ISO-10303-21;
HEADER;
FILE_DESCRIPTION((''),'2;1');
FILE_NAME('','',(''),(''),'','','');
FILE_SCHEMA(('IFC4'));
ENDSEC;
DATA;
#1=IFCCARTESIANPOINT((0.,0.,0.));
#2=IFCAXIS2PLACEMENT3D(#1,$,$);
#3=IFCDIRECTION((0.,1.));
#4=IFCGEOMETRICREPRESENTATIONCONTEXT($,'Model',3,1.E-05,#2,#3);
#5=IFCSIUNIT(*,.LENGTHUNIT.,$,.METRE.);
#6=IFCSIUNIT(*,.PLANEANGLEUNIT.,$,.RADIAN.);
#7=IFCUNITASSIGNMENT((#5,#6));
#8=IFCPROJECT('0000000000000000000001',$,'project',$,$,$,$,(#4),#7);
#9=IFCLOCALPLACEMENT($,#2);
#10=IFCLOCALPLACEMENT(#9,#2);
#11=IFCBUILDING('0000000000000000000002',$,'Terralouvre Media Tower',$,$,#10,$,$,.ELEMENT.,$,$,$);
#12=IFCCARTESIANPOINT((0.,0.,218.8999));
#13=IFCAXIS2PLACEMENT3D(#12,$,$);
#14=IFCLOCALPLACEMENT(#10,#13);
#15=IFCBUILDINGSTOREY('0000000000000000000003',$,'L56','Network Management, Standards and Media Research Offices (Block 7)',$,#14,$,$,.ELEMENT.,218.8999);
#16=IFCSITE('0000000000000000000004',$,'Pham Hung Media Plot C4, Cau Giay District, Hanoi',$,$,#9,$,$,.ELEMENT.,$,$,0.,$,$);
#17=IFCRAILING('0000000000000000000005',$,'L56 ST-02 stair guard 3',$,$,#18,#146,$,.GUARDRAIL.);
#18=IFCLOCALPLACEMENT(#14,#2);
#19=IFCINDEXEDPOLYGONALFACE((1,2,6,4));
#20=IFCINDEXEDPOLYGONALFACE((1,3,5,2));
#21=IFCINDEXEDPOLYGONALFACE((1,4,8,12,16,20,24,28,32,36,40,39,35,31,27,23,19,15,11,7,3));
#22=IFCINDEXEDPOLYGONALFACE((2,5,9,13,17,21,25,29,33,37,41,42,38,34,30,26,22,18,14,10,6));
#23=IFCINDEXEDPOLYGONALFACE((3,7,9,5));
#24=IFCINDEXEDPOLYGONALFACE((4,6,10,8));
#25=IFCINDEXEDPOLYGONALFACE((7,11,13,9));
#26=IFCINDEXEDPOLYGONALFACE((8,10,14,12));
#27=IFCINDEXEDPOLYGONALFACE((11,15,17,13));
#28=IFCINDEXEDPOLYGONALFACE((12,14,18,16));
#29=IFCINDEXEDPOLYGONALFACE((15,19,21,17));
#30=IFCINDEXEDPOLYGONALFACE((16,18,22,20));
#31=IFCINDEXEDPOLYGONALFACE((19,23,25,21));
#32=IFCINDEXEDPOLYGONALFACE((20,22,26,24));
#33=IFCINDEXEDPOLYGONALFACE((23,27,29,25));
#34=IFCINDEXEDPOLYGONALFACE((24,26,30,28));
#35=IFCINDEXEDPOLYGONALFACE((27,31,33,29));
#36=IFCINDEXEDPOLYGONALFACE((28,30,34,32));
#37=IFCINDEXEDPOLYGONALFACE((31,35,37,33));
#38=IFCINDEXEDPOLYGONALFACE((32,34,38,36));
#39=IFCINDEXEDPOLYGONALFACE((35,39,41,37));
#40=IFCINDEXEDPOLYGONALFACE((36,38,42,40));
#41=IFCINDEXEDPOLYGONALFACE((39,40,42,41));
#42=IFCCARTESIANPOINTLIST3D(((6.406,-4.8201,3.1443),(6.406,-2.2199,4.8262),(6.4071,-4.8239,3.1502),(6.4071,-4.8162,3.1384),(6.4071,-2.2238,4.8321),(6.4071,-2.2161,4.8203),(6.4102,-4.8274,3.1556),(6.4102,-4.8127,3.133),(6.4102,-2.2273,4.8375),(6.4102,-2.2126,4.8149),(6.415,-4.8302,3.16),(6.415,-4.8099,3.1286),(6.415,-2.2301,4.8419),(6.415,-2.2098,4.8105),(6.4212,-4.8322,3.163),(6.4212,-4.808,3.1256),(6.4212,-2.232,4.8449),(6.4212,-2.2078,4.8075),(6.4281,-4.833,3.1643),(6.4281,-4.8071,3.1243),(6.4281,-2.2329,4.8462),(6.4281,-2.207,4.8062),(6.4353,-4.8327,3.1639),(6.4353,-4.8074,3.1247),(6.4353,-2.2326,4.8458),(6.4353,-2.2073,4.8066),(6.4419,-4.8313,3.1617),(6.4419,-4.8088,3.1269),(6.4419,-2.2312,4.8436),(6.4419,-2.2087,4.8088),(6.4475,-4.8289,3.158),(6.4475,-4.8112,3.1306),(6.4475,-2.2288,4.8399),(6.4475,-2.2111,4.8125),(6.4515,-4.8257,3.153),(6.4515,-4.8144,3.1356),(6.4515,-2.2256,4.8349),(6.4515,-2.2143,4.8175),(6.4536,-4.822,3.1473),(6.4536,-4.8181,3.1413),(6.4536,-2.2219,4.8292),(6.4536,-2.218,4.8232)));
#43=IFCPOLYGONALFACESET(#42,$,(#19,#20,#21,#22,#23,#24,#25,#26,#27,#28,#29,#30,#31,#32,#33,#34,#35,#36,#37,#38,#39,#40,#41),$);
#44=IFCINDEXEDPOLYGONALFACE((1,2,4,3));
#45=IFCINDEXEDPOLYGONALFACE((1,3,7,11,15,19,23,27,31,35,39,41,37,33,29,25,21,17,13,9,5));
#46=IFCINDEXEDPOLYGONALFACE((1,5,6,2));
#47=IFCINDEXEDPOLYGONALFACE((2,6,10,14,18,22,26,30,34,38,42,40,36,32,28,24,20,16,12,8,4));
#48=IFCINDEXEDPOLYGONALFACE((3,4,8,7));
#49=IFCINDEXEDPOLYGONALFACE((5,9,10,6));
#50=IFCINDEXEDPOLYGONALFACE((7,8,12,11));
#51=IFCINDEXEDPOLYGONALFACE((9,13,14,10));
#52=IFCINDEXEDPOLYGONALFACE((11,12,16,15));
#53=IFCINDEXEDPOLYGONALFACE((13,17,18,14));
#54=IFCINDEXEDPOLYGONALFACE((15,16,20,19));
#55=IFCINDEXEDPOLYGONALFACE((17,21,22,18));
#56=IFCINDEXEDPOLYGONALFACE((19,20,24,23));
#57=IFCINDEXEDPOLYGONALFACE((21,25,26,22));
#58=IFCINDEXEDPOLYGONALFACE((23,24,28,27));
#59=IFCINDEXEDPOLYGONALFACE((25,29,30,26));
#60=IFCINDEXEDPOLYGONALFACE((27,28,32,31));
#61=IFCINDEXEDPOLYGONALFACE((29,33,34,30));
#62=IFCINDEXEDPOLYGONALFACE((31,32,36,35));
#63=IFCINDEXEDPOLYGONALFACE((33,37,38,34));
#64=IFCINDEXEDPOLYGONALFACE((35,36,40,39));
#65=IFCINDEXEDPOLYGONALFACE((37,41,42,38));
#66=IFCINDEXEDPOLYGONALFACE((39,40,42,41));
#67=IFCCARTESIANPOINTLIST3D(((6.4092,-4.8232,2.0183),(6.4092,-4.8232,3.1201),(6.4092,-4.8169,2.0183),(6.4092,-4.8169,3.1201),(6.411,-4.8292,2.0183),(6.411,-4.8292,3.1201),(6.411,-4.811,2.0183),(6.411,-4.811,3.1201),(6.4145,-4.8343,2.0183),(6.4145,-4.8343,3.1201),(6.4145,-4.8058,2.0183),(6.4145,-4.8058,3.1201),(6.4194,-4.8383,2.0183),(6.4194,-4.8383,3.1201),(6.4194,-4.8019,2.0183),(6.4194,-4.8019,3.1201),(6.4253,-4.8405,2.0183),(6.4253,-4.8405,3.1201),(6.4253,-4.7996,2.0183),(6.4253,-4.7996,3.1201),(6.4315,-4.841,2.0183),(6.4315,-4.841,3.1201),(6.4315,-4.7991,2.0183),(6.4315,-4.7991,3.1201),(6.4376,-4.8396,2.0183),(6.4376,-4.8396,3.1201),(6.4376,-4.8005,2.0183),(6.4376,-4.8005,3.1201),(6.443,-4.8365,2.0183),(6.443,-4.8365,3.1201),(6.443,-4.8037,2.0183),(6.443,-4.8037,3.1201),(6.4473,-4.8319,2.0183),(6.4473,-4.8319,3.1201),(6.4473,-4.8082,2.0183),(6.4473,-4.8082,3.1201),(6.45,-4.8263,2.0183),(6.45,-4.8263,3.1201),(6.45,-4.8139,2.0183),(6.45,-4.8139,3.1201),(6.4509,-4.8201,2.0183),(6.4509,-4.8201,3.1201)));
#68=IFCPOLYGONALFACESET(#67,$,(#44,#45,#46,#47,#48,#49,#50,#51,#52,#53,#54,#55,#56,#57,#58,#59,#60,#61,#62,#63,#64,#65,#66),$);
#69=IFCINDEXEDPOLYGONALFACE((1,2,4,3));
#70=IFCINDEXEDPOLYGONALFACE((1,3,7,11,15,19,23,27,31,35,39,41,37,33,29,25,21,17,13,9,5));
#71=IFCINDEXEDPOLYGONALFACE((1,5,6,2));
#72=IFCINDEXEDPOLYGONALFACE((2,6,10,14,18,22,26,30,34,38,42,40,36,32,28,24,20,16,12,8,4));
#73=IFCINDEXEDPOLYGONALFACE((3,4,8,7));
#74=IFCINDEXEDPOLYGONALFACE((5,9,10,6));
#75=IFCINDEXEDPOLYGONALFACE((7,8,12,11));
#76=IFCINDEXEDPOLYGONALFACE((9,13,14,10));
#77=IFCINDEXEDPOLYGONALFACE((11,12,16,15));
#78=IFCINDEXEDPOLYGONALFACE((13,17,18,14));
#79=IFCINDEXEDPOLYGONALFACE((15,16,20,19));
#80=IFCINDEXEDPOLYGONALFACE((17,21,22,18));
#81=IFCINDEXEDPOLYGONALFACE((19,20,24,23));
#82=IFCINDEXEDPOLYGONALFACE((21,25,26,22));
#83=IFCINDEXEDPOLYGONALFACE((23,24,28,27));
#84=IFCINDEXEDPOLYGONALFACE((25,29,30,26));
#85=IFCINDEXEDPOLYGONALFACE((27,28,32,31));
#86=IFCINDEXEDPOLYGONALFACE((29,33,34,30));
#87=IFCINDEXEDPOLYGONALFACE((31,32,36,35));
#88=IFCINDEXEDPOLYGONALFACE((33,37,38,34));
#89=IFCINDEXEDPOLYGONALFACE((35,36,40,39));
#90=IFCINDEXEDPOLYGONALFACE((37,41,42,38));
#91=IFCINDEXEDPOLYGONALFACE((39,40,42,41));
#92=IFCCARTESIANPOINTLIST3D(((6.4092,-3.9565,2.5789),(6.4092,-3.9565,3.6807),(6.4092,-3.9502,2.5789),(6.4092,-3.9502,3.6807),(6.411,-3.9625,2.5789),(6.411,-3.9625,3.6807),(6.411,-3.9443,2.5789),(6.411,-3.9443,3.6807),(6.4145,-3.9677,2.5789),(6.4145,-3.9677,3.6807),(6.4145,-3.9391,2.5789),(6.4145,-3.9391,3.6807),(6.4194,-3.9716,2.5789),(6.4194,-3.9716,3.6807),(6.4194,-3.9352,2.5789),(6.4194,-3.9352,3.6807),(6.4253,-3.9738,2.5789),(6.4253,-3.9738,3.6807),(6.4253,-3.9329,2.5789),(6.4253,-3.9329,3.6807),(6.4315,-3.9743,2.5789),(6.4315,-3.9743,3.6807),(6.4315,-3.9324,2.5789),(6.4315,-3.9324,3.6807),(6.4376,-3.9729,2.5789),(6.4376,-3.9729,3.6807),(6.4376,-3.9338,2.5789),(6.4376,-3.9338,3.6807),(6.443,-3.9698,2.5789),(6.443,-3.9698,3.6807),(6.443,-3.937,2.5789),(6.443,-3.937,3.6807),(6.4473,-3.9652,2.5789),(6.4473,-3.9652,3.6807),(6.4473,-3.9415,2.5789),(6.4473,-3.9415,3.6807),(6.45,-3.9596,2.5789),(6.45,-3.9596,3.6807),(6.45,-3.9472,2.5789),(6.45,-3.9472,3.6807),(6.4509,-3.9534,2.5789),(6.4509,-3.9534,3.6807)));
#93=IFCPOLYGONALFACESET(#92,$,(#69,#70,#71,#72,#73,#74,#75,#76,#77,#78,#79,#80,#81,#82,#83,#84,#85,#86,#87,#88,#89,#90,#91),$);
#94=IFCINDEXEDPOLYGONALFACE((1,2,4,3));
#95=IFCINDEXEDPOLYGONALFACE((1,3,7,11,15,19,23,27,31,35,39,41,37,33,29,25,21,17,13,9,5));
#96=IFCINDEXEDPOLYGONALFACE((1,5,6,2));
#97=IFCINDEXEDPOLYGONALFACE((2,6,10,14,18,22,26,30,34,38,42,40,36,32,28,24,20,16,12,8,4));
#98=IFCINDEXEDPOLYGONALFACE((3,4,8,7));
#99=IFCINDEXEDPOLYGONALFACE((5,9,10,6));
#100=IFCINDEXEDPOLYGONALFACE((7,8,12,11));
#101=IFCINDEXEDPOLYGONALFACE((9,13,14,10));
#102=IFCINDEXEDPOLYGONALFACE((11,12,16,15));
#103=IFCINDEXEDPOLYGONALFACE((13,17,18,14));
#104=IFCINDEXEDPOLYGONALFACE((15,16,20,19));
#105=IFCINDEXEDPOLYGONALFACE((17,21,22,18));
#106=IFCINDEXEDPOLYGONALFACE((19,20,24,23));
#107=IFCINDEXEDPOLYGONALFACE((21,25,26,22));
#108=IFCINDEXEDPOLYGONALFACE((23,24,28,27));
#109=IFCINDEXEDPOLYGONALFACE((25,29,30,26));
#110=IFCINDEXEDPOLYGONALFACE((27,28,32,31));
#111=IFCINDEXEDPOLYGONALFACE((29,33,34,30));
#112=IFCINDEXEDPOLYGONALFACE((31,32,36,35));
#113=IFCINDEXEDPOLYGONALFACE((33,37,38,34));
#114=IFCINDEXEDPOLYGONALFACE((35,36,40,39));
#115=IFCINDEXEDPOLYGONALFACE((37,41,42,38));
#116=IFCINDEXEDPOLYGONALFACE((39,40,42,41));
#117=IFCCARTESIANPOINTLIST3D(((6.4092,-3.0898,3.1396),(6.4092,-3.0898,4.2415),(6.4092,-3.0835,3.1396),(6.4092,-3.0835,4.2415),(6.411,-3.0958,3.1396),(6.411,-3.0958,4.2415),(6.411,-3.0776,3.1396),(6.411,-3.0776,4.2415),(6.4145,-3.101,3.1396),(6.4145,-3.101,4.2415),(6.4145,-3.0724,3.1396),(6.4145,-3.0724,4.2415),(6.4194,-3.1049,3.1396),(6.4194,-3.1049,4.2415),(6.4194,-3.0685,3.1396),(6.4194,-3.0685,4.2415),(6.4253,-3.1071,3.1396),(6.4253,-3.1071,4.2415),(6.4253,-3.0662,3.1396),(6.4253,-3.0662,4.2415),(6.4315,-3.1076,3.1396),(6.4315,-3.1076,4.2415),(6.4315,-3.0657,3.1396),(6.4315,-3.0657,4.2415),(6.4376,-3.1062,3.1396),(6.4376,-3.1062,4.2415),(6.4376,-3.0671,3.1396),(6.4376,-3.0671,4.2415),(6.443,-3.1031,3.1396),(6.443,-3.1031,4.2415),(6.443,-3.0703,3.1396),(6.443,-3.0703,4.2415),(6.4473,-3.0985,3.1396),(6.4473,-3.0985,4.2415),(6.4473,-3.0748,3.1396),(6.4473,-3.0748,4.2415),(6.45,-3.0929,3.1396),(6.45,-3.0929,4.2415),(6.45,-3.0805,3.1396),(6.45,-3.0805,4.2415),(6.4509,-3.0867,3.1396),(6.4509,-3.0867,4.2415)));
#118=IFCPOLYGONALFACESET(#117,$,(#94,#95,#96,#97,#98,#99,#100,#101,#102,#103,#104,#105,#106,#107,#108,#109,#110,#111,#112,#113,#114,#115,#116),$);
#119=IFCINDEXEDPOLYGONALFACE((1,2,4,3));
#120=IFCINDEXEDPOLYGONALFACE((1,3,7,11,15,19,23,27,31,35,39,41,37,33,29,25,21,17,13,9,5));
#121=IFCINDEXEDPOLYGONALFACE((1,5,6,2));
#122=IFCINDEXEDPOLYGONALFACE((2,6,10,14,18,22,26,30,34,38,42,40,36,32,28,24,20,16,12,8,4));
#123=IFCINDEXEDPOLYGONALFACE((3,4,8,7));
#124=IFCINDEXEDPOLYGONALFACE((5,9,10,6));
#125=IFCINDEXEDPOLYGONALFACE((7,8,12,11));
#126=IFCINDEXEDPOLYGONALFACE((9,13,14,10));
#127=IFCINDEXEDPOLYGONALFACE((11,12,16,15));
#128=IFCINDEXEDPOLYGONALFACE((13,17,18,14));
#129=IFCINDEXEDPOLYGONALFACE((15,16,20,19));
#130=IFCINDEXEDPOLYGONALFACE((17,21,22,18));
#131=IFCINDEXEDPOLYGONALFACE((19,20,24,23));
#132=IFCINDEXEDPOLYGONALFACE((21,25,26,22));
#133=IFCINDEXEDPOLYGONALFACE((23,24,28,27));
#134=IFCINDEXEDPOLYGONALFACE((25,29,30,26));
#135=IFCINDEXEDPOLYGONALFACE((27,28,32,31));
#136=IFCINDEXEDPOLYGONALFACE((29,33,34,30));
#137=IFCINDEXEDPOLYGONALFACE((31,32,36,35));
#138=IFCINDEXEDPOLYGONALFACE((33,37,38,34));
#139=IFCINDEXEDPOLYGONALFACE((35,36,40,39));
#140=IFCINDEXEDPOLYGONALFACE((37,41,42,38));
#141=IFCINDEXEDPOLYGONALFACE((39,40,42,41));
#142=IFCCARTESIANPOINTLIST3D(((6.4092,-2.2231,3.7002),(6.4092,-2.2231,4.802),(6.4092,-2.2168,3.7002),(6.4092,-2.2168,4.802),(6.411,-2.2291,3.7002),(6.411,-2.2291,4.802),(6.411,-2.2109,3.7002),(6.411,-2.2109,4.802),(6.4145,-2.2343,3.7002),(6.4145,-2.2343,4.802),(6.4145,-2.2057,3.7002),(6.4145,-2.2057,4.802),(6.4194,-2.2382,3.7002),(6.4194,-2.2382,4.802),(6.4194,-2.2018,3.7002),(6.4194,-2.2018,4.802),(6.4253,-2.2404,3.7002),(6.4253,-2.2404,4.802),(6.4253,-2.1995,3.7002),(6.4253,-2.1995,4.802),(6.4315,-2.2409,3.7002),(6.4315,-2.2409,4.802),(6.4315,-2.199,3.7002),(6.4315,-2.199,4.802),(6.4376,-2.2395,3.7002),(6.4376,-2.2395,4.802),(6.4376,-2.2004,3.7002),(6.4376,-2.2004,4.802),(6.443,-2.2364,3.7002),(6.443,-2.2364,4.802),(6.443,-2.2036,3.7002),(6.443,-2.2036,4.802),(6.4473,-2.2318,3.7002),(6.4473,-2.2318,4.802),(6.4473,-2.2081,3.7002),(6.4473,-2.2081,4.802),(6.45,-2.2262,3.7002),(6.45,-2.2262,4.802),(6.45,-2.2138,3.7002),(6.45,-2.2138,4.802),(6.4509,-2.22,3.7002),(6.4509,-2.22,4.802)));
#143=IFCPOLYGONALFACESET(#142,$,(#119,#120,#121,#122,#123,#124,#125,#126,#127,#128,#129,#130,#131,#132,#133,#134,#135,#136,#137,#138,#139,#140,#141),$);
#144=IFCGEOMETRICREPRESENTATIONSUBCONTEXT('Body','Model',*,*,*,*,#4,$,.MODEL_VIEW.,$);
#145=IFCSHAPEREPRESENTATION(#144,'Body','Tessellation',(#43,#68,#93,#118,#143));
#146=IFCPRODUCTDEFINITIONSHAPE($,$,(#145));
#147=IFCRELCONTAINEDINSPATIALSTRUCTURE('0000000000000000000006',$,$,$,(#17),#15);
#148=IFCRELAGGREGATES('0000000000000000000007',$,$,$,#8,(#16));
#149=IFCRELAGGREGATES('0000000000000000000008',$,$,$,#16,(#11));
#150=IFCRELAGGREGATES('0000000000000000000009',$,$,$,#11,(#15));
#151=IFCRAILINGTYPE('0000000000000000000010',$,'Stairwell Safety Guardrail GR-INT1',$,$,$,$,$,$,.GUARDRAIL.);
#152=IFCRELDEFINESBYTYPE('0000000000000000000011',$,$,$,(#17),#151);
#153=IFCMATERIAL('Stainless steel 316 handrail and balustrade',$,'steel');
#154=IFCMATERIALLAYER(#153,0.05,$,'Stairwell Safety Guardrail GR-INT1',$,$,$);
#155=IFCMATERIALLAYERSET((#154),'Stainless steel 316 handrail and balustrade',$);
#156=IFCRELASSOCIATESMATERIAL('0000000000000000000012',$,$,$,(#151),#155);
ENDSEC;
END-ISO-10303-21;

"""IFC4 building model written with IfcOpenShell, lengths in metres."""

from ifc_helpers import new_model, si_unit, direction, frame, origin, origin_2d, place, context, subcontext, project, spatial, circle, extrude, material, layer, layer_set, type_object, element, save


model = new_model("IFC4")

# Units and contexts
model_context = context("Model", 3, precision=1e-05, world=origin(), true_north=direction((0.0, 1.0)))
body_context = subcontext(model_context, "Body", "Model", "MODEL_VIEW")
ifc_project = project(units=[si_unit("LENGTHUNIT", "METRE"), si_unit("PLANEANGLEUNIT", "RADIAN")], contexts=[model_context])

# Site, building, storey
site_placement = place(None, origin())
site = spatial("IfcSite", under=ifc_project, at=site_placement, Name="Pham Hung Media Plot C4, Cau Giay District, Hanoi", CompositionType="ELEMENT", RefElevation=0.0)
building_placement = place(site_placement, origin())
building = spatial("IfcBuilding", under=site, at=building_placement, Name="Terralouvre Media Tower", CompositionType="ELEMENT")
storey_placement = place(building_placement, frame((0.0, 0.0, 218.8999)))
storey = spatial("IfcBuildingStorey", under=building, at=storey_placement, Name="L56", Description="Network Management, Standards and Media Research Offices (Block 7)", CompositionType="ELEMENT", Elevation=218.8999)

# Railing
ifc_material_1 = material(Name="Stainless steel 316 handrail and balustrade", Category="steel")
ifc_layer_1 = layer(ifc_material_1, 0.05, Name="Stairwell Safety Guardrail GR-INT1")
ifc_layer_set_1 = layer_set([ifc_layer_1], Name="Stainless steel 316 handrail and balustrade")
railing_type_1 = type_object("IfcRailingType", Name="Stairwell Safety Guardrail GR-INT1", PredefinedType="GUARDRAIL", material=ifc_layer_set_1)
railing_1_placement = place(storey_placement, frame((6.4299, -4.8201, 2.0183)))
element("IfcRailing", 1, at=railing_1_placement, inside=storey, type_object=railing_type_1, Name="L56 ST-02 stair guard 3", PredefinedType="GUARDRAIL", context=body_context, shape_type="SweptSolid", body=[
    extrude(circle(Radius=0.0239, at=origin_2d()), frame((0.0, 0.0, 1.126), z_axis=(0.0, 0.839648, 0.54313), x_axis=(-1.0, 0.0, 0.0)), (0.0, 0.0, 1.0), 3.0967),
    extrude(circle(Radius=0.021, at=origin_2d()), origin(), (0.0, 0.0, 1.0), 1.1018),
    extrude(circle(Radius=0.021, at=origin_2d()), frame((0.0, 0.8667, 0.5605)), (0.0, 0.0, 1.0), 1.1018),
    extrude(circle(Radius=0.021, at=origin_2d()), frame((0.0, 1.7334, 1.1213)), (0.0, 0.0, 1.0), 1.1018),
    extrude(circle(Radius=0.021, at=origin_2d()), frame((0.0, 2.6001, 1.6819)), (0.0, 0.0, 1.0), 1.1018),
])

save(model, "model.ifc")
